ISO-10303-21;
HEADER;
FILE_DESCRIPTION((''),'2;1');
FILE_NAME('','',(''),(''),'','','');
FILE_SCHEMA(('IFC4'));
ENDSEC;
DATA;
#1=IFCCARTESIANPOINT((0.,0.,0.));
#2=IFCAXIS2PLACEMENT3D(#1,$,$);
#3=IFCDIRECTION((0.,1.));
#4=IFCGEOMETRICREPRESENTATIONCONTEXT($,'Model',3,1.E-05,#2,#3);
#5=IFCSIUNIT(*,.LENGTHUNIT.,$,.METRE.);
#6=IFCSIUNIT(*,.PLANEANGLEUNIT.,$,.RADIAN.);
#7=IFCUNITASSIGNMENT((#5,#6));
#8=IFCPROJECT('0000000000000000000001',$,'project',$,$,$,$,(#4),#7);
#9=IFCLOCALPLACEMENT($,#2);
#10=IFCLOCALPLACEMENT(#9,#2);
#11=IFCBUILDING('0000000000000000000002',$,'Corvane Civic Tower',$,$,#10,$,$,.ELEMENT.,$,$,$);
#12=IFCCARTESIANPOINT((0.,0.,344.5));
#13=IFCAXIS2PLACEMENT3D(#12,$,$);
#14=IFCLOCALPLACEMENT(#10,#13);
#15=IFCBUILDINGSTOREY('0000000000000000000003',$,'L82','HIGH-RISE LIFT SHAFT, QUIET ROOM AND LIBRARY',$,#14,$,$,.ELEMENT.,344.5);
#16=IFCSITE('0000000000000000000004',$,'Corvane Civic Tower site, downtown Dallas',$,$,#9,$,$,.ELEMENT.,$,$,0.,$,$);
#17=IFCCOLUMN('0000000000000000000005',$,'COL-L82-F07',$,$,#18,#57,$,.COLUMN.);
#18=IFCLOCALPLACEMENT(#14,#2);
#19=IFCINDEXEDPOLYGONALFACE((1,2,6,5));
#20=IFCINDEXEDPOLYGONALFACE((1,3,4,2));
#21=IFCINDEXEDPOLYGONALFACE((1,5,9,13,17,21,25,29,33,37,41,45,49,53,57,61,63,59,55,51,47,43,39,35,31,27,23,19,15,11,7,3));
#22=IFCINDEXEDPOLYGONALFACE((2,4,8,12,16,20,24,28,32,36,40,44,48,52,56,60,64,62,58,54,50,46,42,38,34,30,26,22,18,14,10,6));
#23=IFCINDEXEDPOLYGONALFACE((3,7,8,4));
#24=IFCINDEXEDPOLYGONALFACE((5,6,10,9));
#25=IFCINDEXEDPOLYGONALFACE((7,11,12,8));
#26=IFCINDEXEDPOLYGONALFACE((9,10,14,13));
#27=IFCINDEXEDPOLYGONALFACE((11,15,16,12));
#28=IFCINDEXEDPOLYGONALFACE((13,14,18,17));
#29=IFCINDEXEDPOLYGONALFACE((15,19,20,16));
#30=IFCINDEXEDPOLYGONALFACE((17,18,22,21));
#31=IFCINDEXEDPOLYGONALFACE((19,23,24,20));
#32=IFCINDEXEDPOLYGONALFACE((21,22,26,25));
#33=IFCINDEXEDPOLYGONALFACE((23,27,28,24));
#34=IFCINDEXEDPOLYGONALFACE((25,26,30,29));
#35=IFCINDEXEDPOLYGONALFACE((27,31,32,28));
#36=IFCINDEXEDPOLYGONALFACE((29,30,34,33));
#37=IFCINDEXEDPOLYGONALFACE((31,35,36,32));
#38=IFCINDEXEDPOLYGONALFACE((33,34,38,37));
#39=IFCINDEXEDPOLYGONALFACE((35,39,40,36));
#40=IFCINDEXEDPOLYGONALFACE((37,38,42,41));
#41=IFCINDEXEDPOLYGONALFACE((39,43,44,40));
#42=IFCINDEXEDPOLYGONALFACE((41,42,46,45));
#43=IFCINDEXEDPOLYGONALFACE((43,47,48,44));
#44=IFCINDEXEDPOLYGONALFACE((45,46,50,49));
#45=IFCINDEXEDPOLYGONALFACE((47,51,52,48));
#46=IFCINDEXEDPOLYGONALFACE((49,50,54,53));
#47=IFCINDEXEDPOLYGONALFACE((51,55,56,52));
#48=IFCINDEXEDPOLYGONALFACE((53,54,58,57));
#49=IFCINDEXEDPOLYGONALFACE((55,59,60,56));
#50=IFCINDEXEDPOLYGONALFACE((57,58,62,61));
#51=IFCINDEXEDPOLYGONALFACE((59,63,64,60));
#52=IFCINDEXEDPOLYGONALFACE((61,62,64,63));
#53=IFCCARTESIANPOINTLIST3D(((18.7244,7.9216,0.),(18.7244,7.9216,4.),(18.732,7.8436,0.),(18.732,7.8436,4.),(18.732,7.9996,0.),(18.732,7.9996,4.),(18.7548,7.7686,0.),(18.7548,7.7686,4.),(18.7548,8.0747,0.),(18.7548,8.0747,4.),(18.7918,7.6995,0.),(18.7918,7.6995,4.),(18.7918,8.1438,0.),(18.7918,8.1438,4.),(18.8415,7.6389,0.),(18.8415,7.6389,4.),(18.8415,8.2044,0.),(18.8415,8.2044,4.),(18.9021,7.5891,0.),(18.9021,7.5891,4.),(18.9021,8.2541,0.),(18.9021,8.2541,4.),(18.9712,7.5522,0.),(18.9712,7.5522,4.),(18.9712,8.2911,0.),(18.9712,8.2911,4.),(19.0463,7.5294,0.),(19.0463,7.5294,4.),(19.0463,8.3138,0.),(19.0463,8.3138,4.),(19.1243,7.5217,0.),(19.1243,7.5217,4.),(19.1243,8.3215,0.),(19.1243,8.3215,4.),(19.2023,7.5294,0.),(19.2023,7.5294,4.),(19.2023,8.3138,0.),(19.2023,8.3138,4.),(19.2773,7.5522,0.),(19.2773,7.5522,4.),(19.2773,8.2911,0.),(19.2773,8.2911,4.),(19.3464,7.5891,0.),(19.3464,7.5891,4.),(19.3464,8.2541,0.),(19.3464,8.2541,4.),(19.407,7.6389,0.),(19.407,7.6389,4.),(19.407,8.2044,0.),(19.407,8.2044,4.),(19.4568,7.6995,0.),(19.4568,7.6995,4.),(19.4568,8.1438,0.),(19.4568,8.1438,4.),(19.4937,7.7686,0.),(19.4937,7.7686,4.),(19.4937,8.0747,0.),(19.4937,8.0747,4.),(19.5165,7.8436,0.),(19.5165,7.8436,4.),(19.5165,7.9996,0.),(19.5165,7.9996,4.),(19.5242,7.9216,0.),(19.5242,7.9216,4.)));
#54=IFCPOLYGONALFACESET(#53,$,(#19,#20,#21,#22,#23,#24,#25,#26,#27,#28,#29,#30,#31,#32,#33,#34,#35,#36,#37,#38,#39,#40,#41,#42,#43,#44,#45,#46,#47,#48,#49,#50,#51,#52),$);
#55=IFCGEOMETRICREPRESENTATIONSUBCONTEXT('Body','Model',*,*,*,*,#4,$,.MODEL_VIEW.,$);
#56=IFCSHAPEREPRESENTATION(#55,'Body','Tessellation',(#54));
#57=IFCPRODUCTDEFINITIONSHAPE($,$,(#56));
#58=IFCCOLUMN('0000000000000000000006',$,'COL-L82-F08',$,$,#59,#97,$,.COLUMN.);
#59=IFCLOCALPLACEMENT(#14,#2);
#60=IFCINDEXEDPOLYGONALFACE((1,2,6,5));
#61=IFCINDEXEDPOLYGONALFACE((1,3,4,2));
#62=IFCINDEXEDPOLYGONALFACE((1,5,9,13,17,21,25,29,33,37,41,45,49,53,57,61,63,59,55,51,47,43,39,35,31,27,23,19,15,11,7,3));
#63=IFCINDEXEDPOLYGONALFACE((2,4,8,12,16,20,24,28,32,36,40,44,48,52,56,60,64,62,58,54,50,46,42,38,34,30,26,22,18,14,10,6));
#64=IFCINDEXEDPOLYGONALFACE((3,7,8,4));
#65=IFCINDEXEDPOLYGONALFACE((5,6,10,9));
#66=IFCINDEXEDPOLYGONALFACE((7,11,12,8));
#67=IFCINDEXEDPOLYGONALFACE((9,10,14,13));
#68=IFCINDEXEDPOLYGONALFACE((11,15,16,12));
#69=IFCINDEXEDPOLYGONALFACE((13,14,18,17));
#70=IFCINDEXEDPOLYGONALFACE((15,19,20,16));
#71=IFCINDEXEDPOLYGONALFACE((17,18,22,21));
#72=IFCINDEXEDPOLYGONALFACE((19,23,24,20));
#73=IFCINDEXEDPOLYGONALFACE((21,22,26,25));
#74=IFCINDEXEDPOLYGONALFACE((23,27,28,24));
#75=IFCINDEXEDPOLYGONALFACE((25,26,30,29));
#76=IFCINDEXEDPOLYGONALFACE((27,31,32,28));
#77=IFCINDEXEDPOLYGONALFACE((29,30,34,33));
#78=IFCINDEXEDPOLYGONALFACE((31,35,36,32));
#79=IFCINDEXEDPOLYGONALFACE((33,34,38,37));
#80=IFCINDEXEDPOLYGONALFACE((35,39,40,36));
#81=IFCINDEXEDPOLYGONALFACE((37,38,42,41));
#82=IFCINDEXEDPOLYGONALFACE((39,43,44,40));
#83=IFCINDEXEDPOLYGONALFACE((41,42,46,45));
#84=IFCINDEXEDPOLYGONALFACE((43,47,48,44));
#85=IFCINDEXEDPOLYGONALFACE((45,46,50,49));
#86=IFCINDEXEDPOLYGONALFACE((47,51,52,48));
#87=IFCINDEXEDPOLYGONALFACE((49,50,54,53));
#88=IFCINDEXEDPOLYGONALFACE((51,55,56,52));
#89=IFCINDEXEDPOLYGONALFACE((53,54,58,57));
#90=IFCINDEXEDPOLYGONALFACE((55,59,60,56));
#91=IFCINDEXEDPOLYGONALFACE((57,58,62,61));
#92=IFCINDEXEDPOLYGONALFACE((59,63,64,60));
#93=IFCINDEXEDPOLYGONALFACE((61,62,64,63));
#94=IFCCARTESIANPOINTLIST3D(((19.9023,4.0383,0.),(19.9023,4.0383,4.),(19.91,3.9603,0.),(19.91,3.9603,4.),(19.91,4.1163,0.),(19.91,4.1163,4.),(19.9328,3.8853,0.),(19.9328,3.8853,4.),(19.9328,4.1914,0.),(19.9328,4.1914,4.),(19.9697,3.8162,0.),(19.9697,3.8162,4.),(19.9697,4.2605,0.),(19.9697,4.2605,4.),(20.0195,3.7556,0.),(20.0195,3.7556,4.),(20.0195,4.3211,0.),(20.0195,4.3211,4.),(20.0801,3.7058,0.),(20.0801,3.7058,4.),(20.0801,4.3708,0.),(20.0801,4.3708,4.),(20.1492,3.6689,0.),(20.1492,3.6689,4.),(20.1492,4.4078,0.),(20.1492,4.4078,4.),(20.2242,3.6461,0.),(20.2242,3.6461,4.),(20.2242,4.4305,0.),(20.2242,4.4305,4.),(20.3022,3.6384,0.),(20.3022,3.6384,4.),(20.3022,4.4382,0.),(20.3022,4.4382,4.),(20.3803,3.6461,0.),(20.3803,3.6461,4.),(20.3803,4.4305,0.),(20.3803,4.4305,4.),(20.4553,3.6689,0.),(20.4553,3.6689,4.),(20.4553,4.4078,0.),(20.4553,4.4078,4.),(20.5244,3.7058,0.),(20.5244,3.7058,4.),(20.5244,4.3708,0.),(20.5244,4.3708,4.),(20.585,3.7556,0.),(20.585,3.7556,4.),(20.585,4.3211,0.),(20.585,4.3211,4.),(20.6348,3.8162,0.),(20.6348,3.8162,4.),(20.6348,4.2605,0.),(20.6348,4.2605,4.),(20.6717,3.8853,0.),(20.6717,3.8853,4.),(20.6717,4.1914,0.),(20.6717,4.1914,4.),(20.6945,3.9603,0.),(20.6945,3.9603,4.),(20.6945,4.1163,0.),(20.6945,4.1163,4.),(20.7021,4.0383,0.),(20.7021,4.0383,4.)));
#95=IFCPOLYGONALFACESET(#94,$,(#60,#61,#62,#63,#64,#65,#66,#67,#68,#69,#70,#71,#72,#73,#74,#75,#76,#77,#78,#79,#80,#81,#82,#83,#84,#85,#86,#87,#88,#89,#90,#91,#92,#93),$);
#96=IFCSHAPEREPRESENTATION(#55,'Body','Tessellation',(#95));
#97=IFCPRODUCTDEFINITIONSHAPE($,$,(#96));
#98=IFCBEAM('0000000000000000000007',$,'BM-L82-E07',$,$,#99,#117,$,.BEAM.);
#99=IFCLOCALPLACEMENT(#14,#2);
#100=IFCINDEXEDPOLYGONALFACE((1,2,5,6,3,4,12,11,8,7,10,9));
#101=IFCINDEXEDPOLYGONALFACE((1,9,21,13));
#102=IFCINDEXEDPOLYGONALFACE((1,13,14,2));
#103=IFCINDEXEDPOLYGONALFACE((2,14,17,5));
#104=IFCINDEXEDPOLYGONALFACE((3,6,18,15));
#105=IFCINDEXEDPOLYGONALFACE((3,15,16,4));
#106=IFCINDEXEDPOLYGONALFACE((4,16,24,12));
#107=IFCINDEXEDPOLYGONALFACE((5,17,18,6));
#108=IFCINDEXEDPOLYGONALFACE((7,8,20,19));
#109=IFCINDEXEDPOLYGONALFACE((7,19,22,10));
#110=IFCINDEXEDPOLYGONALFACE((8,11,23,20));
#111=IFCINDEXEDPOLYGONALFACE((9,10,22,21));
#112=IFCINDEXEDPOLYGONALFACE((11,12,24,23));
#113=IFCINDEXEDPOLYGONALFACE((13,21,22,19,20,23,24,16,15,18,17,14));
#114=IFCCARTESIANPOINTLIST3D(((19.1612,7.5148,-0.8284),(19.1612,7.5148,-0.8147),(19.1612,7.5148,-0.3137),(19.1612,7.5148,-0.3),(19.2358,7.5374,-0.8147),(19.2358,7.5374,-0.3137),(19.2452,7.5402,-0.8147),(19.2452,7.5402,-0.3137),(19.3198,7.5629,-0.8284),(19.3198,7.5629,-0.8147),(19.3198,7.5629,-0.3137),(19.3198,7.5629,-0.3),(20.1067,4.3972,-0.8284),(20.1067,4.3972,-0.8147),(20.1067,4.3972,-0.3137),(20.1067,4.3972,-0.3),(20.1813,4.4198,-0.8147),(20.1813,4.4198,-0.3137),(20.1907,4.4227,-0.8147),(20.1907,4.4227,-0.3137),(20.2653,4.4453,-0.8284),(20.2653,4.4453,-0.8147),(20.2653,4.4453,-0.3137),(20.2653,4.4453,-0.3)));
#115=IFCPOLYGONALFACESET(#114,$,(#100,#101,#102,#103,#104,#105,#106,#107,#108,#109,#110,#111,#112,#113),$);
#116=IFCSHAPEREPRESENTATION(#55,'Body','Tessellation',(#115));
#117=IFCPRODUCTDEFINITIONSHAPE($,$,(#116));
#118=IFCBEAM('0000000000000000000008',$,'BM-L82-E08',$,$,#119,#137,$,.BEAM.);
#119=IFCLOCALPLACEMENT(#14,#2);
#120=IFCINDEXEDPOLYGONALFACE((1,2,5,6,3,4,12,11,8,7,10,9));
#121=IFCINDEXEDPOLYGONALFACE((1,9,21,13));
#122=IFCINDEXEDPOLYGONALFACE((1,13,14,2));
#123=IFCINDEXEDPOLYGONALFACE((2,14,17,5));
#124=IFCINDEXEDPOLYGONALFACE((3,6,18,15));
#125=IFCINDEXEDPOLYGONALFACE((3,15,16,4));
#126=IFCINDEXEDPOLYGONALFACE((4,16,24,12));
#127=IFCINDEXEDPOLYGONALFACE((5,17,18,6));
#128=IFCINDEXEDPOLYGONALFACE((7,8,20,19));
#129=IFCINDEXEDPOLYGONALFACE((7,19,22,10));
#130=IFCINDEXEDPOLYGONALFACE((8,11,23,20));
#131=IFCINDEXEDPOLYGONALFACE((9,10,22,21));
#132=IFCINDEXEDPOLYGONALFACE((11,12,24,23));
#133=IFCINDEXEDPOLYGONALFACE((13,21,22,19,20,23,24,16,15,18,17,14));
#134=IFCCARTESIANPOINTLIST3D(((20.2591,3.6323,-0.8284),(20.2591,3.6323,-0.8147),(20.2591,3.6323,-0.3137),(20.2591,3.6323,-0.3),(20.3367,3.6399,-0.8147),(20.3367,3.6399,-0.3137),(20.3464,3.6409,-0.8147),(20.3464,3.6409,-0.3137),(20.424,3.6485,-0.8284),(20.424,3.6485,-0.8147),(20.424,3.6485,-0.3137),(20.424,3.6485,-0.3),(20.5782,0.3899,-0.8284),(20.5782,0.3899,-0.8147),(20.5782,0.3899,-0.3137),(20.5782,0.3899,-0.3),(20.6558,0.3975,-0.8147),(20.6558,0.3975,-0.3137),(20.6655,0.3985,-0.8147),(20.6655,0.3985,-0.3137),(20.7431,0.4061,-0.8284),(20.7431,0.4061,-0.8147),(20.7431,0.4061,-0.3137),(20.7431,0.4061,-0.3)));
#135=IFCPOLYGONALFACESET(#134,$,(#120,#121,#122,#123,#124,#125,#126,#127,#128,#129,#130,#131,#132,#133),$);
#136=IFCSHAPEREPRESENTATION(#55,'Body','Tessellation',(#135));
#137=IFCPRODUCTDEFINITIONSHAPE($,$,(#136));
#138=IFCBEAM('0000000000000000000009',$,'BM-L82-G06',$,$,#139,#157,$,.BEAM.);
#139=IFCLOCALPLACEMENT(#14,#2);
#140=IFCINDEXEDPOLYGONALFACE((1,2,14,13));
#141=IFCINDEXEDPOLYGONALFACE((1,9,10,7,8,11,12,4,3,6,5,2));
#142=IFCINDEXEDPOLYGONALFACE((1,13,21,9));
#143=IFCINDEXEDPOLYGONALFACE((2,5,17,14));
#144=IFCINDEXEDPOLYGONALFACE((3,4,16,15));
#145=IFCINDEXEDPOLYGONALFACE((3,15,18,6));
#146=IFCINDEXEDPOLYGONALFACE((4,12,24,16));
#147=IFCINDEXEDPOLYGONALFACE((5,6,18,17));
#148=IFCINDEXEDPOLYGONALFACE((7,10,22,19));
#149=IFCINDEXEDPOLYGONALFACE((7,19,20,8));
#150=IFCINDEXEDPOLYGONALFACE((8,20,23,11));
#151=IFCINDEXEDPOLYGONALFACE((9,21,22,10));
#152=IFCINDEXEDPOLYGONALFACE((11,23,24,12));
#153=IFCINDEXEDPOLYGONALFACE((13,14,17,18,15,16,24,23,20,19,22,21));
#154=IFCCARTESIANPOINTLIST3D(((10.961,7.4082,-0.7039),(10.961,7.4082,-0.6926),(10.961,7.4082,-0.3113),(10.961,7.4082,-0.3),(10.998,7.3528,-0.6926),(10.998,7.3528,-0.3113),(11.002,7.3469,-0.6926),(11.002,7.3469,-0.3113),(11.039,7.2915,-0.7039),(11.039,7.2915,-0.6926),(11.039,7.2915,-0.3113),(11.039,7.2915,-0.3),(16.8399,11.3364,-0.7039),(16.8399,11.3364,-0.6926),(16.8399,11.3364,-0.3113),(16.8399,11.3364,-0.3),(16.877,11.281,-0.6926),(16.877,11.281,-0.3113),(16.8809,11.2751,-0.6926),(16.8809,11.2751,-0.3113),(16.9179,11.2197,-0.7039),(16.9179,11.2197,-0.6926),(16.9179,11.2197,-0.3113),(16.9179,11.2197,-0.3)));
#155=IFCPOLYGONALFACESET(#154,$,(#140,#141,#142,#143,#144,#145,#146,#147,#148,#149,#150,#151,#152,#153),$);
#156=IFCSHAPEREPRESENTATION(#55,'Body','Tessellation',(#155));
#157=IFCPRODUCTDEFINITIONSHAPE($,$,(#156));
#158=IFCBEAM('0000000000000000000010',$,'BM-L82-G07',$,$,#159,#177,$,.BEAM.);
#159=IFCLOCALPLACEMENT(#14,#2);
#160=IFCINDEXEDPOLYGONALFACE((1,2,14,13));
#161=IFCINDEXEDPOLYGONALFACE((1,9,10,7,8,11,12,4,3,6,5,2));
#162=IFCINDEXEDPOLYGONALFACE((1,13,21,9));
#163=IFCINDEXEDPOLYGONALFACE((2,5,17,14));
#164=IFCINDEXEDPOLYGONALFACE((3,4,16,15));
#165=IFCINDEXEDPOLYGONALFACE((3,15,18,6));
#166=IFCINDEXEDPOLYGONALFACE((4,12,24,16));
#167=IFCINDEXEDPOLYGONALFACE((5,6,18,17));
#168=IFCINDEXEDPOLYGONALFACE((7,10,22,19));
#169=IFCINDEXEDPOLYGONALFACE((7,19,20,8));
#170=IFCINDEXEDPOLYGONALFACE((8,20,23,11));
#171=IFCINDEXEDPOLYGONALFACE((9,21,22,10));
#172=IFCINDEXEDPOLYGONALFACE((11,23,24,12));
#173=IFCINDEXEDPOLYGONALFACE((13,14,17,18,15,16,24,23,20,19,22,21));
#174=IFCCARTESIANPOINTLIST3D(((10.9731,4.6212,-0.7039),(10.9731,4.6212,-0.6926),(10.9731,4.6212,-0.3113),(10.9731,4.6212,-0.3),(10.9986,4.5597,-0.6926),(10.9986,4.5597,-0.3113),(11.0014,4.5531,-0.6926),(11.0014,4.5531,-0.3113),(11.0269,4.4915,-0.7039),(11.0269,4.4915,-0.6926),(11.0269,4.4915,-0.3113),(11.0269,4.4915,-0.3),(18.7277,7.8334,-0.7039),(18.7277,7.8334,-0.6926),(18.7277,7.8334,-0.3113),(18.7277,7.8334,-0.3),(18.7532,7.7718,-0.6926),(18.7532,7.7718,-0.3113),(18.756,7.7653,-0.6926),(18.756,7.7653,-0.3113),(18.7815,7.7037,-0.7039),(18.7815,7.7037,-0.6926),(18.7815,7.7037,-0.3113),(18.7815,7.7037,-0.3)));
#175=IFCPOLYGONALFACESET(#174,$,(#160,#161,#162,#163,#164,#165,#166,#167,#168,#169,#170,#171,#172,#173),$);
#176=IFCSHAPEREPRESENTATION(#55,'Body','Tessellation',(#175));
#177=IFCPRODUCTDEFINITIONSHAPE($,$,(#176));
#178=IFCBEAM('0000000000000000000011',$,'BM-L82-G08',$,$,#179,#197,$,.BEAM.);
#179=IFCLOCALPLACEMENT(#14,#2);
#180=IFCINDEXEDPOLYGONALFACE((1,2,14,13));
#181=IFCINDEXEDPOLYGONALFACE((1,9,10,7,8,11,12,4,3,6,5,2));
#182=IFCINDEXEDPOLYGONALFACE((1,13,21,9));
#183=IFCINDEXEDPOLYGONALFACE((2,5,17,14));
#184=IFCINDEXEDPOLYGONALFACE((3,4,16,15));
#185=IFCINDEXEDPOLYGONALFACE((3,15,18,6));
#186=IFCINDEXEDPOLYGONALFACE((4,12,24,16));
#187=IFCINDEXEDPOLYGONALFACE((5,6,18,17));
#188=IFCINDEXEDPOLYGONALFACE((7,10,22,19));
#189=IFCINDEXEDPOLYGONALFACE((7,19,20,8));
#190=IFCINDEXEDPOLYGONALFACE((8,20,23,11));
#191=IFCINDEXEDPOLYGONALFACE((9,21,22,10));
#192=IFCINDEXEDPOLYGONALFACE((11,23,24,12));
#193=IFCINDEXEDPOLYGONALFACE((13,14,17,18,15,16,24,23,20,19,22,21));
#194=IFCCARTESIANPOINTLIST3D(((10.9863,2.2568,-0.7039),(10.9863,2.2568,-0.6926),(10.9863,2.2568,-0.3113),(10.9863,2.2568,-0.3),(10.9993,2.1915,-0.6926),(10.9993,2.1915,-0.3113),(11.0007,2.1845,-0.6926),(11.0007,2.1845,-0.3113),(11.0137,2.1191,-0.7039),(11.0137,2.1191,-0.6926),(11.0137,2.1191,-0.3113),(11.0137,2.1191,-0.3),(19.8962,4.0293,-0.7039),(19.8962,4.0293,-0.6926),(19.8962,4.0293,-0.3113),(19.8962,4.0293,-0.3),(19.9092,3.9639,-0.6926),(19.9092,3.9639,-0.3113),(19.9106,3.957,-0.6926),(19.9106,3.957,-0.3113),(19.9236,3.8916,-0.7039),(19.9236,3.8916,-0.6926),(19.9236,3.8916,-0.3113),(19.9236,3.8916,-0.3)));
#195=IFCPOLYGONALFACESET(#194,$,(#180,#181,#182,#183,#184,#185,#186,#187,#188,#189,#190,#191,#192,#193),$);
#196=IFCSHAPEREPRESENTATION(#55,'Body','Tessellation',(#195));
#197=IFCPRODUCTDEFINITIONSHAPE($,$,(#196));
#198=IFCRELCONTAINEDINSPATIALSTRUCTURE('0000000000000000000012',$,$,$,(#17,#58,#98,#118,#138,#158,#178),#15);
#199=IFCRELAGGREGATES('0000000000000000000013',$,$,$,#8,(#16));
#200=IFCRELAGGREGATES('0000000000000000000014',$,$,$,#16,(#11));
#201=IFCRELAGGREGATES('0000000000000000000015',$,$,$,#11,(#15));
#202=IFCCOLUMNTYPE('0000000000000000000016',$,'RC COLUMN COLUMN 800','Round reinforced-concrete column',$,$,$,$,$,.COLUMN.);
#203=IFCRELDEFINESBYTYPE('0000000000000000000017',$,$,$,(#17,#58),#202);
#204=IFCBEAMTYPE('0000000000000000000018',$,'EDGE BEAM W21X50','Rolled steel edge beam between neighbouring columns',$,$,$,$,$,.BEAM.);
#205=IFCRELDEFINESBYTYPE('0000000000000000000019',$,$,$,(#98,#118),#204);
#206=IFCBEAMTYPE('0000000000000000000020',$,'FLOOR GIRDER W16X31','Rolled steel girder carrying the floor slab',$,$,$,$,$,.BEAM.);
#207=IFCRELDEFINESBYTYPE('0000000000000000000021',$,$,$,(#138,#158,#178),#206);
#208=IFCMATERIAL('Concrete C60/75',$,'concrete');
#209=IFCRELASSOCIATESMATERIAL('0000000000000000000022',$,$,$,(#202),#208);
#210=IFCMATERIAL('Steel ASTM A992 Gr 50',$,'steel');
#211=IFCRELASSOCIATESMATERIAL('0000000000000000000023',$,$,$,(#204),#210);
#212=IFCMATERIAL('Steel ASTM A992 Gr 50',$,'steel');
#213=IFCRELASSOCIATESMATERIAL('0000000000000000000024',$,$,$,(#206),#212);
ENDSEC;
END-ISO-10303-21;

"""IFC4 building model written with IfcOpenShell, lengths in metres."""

from ifc_helpers import new_model, si_unit, direction, frame, origin, origin_2d, place, context, subcontext, project, spatial, circle, i_section, extrude, material, material_profile, profile_set, type_object, element, save


model = new_model("IFC4")

# Units and contexts
model_context = context("Model", 3, precision=1e-05, world=origin(), true_north=direction((0.0, 1.0)))
body_context = subcontext(model_context, "Body", "Model", "MODEL_VIEW")
ifc_project = project(units=[si_unit("LENGTHUNIT", "METRE"), si_unit("PLANEANGLEUNIT", "RADIAN")], contexts=[model_context])

# Site, building, storey
site_placement = place(None, origin())
site = spatial("IfcSite", under=ifc_project, at=site_placement, Name="Corvane Civic Tower site, downtown Dallas", CompositionType="ELEMENT", RefElevation=0.0)
building_placement = place(site_placement, origin())
building = spatial("IfcBuilding", under=site, at=building_placement, Name="Corvane Civic Tower", CompositionType="ELEMENT")
storey_placement = place(building_placement, frame((0.0, 0.0, 344.5)))
storey = spatial("IfcBuildingStorey", under=building, at=storey_placement, Name="L82", Description="HIGH-RISE LIFT SHAFT, QUIET ROOM AND LIBRARY", CompositionType="ELEMENT", Elevation=344.5)

# Columns
ifc_material_1 = material(Name="Concrete C60/75", Category="concrete")
ifc_material_profile_1 = material_profile(ifc_material_1, circle(Radius=0.3999, at=origin_2d()), Name="COLUMN 800")
ifc_profile_set_1 = profile_set([ifc_material_profile_1], Name="Concrete C60/75")
column_type = type_object("IfcColumnType", Name="RC COLUMN COLUMN 800", Description="Round reinforced-concrete column", PredefinedType="COLUMN", material=ifc_profile_set_1)
for number, where, z_axis, x_axis, name in (
    (1, (19.1243, 7.9216, 0.0), (0.0, 0.0, 1.0), (1.0, 0.0, 0.0), "COL-L82-F07"),
    (2, (20.3022, 4.0383, 0.0), (0.0, 0.0, 1.0), (1.0, 0.0, 0.0), "COL-L82-F08"),
):
    element("IfcColumn", number, at=place(storey_placement, frame(where, z_axis=z_axis, x_axis=x_axis)), inside=storey, type_object=column_type, Name=name, PredefinedType="COLUMN", context=body_context, shape_type="SweptSolid", body=[
        extrude(circle(Radius=0.3999, at=origin_2d()), origin(), (0.0, 0.0, 1.0), 4.0),
    ])

# Beams
ifc_material_2 = material(Name="Steel ASTM A992 Gr 50", Category="steel")
ifc_material_profile_2 = material_profile(ifc_material_2, i_section(OverallWidth=0.1658, OverallDepth=0.5283, WebThickness=0.0098, FlangeThickness=0.0137, at=origin_2d()), Name="W21X50")
ifc_profile_set_2 = profile_set([ifc_material_profile_2], Name="Steel ASTM A992 Gr 50")
beam_type_1 = type_object("IfcBeamType", Name="EDGE BEAM W21X50", Description="Rolled steel edge beam between neighbouring columns", PredefinedType="BEAM", material=ifc_profile_set_2)
beam_1_placement = place(storey_placement, frame((19.2405, 7.5388, -0.5642), z_axis=(0.290234, -0.956956, 0.0), x_axis=(0.956956, 0.290234, 0.0)))
element("IfcBeam", 3, at=beam_1_placement, inside=storey, type_object=beam_type_1, Name="BM-L82-E07", PredefinedType="BEAM", context=body_context, shape_type="SweptSolid", body=[
    extrude(i_section(OverallWidth=0.1658, OverallDepth=0.5283, WebThickness=0.0098, FlangeThickness=0.0137, at=origin_2d()), origin(), (0.0, 0.0, 1.0), 3.2578),
])
beam_2_placement = place(storey_placement, frame((20.3416, 3.6404, -0.5642), z_axis=(0.097938, -0.995193, 0.0), x_axis=(0.995193, 0.097938, 0.0)))
element("IfcBeam", 4, at=beam_2_placement, inside=storey, type_object=beam_type_1, Name="BM-L82-E08", PredefinedType="BEAM", context=body_context, shape_type="SweptSolid", body=[
    extrude(i_section(OverallWidth=0.1658, OverallDepth=0.5283, WebThickness=0.0098, FlangeThickness=0.0137, at=origin_2d()), origin(), (0.0, 0.0, 1.0), 3.2581),
])
ifc_material_3 = material(Name="Steel ASTM A992 Gr 50", Category="steel")
ifc_material_profile_3 = material_profile(ifc_material_3, i_section(OverallWidth=0.1404, OverallDepth=0.4038, WebThickness=0.0071, FlangeThickness=0.0112, at=origin_2d()), Name="W16X31")
ifc_profile_set_3 = profile_set([ifc_material_profile_3], Name="Steel ASTM A992 Gr 50")
beam_type_2 = type_object("IfcBeamType", Name="FLOOR GIRDER W16X31", Description="Rolled steel girder carrying the floor slab", PredefinedType="BEAM", material=ifc_profile_set_3)
beam_3_placement = place(storey_placement, frame((11.0, 7.3499, -0.502), z_axis=(0.831465, 0.555576, 0.0), x_axis=(-0.555576, 0.831465, 0.0)))
element("IfcBeam", 5, at=beam_3_placement, inside=storey, type_object=beam_type_2, Name="BM-L82-G06", PredefinedType="BEAM", context=body_context, shape_type="SweptSolid", body=[
    extrude(i_section(OverallWidth=0.1404, OverallDepth=0.4038, WebThickness=0.0071, FlangeThickness=0.0112, at=origin_2d()), origin(), (0.0, 0.0, 1.0), 7.0706),
])
beam_4_placement = place(storey_placement, frame((11.0, 4.5564, -0.502), z_axis=(0.923876, 0.382692, 0.0), x_axis=(-0.382692, 0.923876, 0.0)))
element("IfcBeam", 6, at=beam_4_placement, inside=storey, type_object=beam_type_2, Name="BM-L82-G07", PredefinedType="BEAM", context=body_context, shape_type="SweptSolid", body=[
    extrude(i_section(OverallWidth=0.1404, OverallDepth=0.4038, WebThickness=0.0071, FlangeThickness=0.0112, at=origin_2d()), origin(), (0.0, 0.0, 1.0), 8.3936),
])
beam_5_placement = place(storey_placement, frame((11.0, 2.188, -0.502), z_axis=(0.980782, 0.195108, 0.0), x_axis=(-0.195108, 0.980782, 0.0)))
element("IfcBeam", 7, at=beam_5_placement, inside=storey, type_object=beam_type_2, Name="BM-L82-G08", PredefinedType="BEAM", context=body_context, shape_type="SweptSolid", body=[
    extrude(i_section(OverallWidth=0.1404, OverallDepth=0.4038, WebThickness=0.0071, FlangeThickness=0.0112, at=origin_2d()), origin(), (0.0, 0.0, 1.0), 9.0845),
])

save(model, "model.ifc")
